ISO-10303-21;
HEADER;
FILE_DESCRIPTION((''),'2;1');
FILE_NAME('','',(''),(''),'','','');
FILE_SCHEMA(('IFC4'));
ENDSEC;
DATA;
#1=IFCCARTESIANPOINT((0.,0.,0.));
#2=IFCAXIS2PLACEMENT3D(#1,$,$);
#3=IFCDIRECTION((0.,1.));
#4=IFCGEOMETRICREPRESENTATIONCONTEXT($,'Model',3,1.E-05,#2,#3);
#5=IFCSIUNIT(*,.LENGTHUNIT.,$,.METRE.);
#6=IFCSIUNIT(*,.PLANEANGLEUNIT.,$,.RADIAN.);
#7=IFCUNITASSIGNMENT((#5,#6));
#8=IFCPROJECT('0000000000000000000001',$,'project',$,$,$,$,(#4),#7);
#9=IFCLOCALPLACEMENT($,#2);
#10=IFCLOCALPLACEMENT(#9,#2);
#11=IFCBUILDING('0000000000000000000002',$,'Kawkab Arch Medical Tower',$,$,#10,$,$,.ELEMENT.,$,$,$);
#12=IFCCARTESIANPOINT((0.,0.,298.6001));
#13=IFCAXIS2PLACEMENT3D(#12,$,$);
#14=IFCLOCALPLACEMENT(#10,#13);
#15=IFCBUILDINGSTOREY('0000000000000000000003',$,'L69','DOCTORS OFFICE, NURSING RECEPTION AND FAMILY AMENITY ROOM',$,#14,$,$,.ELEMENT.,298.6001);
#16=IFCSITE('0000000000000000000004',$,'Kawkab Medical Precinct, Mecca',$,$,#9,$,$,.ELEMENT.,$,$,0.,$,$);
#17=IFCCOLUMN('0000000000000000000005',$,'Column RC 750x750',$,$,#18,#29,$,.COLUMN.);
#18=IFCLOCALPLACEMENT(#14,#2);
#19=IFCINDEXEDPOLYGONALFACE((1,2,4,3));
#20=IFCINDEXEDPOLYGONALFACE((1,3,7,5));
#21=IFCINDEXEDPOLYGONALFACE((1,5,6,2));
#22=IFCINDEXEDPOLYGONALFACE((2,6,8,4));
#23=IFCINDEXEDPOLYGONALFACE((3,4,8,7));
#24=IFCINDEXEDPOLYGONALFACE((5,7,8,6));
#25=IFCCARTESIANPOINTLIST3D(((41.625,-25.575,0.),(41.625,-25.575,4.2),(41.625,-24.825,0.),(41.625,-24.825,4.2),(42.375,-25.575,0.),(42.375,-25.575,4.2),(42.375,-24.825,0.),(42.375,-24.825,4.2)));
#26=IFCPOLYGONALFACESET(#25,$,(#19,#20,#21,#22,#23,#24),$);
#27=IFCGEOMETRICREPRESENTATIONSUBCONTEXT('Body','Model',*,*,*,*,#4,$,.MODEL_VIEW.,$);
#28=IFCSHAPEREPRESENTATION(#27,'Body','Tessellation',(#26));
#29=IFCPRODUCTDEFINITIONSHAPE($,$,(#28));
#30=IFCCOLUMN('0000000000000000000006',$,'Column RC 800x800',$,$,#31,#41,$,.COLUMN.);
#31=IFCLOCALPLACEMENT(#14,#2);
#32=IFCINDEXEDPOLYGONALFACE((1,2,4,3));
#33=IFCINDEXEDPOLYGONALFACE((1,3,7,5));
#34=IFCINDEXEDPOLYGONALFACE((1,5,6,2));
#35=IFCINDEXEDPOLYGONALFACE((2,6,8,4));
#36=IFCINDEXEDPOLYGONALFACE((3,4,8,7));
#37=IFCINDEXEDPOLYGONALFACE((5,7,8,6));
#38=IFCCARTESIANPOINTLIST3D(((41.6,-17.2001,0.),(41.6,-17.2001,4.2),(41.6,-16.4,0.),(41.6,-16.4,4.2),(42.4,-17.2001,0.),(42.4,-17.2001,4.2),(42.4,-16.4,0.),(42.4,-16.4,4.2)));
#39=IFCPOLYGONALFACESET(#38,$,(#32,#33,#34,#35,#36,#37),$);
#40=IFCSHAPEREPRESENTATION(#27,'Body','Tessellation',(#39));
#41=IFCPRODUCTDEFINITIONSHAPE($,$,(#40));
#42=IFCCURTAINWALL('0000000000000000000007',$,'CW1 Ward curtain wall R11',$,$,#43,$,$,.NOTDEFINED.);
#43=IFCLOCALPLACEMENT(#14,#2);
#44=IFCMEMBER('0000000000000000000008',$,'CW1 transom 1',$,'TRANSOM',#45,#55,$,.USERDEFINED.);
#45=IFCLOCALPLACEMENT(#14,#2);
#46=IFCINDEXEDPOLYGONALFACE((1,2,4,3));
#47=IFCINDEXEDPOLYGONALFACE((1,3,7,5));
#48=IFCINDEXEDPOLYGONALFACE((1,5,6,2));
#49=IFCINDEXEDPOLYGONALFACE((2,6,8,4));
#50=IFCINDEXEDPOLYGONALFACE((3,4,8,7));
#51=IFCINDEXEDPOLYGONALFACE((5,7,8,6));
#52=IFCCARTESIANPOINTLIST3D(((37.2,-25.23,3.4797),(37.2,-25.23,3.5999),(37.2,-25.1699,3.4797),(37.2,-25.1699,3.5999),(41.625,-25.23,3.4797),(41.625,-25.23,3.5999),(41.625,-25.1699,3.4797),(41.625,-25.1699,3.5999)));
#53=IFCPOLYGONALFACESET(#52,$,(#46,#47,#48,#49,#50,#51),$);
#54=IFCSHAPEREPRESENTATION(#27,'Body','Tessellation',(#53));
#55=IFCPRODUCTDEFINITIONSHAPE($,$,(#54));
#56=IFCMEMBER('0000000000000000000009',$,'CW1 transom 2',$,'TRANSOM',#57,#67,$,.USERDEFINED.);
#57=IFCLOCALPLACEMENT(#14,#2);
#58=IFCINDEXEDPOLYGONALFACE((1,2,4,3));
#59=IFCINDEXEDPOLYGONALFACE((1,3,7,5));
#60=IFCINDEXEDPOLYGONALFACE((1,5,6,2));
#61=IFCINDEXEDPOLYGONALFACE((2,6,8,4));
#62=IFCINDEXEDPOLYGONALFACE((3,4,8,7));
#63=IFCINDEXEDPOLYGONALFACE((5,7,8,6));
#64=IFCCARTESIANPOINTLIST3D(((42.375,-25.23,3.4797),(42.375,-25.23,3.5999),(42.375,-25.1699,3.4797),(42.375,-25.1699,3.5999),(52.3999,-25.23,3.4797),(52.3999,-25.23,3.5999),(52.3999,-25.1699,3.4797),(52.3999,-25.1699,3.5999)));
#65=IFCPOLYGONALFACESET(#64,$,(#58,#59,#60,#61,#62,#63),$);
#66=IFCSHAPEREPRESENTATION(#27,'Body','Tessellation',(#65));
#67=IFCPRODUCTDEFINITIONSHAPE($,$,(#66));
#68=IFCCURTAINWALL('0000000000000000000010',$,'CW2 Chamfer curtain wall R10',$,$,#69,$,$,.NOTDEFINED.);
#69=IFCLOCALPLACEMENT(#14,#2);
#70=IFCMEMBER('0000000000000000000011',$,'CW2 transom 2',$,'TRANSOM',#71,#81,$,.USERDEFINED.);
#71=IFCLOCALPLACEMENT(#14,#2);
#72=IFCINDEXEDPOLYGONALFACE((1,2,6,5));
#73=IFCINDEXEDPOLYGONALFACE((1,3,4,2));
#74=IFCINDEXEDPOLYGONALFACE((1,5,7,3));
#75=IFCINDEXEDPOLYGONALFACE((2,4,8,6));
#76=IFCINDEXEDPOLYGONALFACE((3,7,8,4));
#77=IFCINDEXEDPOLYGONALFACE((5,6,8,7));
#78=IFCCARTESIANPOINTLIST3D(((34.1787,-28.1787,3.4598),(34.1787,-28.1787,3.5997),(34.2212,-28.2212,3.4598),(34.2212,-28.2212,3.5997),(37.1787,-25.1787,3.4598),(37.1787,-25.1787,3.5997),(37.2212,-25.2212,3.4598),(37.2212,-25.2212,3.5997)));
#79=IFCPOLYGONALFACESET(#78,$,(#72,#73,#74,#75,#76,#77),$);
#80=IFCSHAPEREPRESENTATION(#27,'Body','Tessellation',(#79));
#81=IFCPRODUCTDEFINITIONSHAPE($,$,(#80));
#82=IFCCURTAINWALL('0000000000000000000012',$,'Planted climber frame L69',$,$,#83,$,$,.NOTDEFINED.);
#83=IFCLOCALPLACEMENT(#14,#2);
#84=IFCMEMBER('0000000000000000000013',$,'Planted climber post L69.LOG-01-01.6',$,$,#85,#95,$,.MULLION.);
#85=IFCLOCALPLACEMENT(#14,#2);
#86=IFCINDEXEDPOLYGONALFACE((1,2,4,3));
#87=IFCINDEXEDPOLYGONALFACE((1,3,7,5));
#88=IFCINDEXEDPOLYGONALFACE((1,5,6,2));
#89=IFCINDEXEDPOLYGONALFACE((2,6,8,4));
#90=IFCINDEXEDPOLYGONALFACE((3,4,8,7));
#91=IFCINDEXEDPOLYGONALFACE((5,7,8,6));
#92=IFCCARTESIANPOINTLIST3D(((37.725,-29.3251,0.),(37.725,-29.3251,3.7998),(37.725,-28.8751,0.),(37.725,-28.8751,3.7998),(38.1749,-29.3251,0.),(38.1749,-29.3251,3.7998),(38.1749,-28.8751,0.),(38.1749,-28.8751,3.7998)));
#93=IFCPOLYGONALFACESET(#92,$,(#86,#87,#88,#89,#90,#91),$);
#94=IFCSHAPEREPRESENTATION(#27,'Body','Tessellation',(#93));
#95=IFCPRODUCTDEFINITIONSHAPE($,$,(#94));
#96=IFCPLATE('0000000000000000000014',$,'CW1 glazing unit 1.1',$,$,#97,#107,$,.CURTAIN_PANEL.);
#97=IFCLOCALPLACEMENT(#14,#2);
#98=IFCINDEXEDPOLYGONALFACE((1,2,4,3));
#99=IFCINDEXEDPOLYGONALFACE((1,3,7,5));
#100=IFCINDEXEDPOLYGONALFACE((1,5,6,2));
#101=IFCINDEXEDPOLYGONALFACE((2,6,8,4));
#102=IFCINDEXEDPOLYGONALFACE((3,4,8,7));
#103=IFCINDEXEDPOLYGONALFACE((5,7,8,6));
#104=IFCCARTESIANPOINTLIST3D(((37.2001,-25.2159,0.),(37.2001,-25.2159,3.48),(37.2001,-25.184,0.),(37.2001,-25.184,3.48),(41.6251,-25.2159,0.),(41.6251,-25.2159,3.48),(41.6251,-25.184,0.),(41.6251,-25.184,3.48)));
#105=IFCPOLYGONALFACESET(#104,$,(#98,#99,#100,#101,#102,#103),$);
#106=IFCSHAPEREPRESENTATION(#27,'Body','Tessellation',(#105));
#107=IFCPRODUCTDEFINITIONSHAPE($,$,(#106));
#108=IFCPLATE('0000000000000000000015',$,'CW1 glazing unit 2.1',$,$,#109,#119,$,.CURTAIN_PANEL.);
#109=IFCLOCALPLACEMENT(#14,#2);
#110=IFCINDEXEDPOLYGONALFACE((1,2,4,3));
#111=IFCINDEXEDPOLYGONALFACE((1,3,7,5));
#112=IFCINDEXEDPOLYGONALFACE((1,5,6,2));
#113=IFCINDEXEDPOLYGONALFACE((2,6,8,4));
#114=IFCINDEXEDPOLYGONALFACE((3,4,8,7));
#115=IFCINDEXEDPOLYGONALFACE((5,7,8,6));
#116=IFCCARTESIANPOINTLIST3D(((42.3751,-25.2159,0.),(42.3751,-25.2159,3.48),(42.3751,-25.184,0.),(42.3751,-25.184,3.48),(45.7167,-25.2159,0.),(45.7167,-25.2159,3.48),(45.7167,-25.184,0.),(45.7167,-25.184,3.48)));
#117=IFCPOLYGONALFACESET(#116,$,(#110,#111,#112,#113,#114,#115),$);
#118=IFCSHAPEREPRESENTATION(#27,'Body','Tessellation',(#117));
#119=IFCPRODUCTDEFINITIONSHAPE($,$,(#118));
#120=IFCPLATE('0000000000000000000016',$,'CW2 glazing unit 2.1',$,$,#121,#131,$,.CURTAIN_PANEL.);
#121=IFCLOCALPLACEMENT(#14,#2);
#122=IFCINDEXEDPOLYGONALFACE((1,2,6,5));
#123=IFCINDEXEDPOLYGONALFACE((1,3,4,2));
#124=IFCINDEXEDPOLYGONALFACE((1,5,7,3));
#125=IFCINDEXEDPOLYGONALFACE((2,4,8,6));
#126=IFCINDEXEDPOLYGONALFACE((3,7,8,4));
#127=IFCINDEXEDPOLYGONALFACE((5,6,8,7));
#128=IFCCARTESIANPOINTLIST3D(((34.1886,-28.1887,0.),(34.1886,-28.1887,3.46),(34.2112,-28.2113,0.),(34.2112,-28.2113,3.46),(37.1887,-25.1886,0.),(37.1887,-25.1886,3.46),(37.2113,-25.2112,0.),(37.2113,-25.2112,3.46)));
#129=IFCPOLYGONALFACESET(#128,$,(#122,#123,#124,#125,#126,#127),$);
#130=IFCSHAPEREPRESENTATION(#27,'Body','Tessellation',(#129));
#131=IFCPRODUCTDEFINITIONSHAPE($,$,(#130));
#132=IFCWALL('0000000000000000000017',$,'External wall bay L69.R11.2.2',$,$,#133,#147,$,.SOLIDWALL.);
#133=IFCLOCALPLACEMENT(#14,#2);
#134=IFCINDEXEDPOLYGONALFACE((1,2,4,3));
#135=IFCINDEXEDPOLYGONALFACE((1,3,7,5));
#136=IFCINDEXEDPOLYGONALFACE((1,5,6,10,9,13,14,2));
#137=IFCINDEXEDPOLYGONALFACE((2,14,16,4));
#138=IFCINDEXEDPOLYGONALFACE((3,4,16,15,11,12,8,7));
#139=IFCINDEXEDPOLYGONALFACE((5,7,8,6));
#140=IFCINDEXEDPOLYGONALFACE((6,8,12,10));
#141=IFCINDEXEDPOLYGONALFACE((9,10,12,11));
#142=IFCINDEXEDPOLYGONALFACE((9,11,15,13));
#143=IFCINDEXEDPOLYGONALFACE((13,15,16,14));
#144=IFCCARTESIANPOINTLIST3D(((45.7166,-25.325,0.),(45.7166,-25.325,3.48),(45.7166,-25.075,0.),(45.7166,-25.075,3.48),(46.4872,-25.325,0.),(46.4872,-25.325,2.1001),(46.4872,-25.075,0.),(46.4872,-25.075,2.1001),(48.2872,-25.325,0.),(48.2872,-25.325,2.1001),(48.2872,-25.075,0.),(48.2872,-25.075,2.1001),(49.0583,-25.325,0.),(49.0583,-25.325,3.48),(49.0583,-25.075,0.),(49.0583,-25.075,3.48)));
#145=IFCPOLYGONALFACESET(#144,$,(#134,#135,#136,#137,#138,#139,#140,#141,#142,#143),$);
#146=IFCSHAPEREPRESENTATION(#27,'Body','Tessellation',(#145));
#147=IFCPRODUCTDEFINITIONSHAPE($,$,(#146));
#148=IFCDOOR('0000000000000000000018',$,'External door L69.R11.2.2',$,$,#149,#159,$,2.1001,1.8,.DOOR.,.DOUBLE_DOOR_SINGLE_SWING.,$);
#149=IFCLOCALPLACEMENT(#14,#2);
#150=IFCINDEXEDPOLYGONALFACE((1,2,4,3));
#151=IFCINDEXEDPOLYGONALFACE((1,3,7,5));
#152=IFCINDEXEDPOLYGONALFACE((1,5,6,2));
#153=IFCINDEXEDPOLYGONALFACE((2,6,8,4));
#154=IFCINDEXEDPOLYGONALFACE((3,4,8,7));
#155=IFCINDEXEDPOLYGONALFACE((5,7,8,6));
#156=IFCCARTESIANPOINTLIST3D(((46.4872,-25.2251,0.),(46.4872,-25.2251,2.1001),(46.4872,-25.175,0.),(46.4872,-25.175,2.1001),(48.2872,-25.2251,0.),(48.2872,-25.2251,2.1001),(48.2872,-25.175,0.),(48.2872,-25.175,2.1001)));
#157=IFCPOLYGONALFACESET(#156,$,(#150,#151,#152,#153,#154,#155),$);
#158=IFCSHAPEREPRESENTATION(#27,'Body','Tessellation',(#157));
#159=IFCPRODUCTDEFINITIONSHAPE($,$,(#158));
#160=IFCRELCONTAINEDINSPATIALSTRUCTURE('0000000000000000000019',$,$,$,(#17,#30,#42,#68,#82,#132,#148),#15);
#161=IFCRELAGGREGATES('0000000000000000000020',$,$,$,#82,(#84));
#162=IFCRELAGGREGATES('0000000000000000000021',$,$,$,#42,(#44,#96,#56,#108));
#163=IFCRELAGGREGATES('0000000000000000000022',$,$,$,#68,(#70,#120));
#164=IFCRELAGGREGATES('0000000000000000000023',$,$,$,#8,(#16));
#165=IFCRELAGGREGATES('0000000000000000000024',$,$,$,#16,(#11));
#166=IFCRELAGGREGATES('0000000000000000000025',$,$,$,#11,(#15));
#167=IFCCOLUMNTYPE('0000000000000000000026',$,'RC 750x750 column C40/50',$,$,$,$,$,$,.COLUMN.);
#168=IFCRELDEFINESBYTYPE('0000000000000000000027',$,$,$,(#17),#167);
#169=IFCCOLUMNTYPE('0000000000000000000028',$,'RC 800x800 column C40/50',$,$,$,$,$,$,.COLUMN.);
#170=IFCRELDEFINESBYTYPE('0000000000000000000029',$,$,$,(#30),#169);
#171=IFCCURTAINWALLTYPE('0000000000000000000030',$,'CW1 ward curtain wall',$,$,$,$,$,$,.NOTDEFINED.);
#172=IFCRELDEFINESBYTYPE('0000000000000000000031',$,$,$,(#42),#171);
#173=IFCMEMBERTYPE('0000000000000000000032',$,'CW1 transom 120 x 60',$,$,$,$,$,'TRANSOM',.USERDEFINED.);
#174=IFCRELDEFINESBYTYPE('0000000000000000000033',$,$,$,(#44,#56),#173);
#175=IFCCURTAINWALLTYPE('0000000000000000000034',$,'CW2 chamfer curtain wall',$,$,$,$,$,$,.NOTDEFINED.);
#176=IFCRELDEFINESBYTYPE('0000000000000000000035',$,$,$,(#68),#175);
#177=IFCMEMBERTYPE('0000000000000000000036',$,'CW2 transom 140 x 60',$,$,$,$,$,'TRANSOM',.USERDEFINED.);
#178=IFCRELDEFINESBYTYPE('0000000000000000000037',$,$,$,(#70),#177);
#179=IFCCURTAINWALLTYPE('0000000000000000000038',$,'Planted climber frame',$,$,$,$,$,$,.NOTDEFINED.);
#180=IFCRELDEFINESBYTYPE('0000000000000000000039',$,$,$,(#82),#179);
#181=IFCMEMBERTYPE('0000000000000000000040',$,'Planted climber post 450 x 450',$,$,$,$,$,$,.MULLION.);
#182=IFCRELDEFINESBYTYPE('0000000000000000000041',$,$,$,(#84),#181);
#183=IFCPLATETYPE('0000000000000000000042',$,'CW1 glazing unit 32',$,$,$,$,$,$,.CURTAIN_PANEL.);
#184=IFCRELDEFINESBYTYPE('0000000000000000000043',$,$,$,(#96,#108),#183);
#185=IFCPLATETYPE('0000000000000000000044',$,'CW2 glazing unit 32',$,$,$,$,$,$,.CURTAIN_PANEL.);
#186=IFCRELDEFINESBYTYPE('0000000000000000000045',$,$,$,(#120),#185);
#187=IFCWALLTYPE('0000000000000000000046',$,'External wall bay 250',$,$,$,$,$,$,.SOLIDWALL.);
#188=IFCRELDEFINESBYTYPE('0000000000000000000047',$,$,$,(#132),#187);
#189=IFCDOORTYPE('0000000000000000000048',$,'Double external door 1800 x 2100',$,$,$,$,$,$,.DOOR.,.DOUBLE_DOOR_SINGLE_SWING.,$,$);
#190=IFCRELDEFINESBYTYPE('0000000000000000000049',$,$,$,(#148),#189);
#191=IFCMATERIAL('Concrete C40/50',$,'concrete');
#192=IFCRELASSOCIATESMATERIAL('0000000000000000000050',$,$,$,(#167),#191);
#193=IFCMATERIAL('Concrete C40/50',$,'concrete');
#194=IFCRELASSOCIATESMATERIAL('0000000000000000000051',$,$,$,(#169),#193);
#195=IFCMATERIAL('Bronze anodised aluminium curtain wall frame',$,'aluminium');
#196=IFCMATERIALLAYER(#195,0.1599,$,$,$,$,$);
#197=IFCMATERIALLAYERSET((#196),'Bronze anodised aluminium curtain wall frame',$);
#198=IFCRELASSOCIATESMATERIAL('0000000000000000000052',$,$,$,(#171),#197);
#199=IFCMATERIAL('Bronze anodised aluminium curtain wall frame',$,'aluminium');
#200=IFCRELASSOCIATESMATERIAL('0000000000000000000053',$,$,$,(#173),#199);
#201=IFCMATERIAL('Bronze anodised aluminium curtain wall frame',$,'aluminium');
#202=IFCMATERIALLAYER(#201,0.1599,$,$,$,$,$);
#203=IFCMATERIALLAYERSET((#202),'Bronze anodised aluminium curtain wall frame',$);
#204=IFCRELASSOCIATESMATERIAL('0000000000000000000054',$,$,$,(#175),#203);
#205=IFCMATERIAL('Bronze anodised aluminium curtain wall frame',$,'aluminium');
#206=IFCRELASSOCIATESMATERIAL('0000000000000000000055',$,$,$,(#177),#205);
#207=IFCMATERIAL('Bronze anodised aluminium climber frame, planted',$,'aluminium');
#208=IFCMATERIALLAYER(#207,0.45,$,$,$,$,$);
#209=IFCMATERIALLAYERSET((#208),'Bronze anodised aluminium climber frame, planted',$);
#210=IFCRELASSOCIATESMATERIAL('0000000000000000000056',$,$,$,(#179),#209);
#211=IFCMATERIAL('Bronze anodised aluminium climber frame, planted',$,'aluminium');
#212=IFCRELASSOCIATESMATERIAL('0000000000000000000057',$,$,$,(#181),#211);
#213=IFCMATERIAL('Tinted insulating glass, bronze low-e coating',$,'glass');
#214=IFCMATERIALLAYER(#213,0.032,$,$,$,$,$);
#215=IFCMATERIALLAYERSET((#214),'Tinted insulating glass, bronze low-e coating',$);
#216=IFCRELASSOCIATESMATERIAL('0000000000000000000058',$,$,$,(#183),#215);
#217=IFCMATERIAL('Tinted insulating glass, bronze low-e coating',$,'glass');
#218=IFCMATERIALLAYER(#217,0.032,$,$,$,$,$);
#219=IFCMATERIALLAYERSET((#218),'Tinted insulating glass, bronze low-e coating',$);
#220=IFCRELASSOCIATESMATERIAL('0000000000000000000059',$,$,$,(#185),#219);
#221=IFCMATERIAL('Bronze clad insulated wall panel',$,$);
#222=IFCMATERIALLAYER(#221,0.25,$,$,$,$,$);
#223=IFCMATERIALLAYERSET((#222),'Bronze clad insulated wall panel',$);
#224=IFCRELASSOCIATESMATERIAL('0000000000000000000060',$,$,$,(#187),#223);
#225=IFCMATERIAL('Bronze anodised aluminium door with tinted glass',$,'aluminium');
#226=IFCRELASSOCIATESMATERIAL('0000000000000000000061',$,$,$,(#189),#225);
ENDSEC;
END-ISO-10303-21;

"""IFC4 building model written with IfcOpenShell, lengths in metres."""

from ifc_helpers import new_model, si_unit, direction, frame, frame_2d, origin, origin_2d, place, context, subcontext, project, spatial, rectangle, extrude, material, layer, layer_set, material_profile, profile_set, type_object, element, fill, aggregate, save


model = new_model("IFC4")

# Units and contexts
model_context = context("Model", 3, precision=1e-05, world=origin(), true_north=direction((0.0, 1.0)))
body_context = subcontext(model_context, "Body", "Model", "MODEL_VIEW")
ifc_project = project(units=[si_unit("LENGTHUNIT", "METRE"), si_unit("PLANEANGLEUNIT", "RADIAN")], contexts=[model_context])

# Site, building, storey
site_placement = place(None, origin())
site = spatial("IfcSite", under=ifc_project, at=site_placement, Name="Kawkab Medical Precinct, Mecca", CompositionType="ELEMENT", RefElevation=0.0)
building_placement = place(site_placement, origin())
building = spatial("IfcBuilding", under=site, at=building_placement, Name="Kawkab Arch Medical Tower", CompositionType="ELEMENT")
storey_placement = place(building_placement, frame((0.0, 0.0, 298.6001)))
storey = spatial("IfcBuildingStorey", under=building, at=storey_placement, Name="L69", Description="DOCTORS OFFICE, NURSING RECEPTION AND FAMILY AMENITY ROOM", CompositionType="ELEMENT", Elevation=298.6001)

# Columns
ifc_material_1 = material(Name="Concrete C40/50", Category="concrete")
ifc_material_profile_1 = material_profile(ifc_material_1, rectangle(XDim=0.75, YDim=0.75, at=origin_2d()), Name="RC 750x750")
ifc_profile_set_1 = profile_set([ifc_material_profile_1], Name="Concrete C40/50")
column_type_1 = type_object("IfcColumnType", Name="RC 750x750 column C40/50", PredefinedType="COLUMN", material=ifc_profile_set_1)
column_1_placement = place(storey_placement, frame((42.0, -25.2, 0.0), z_axis=(0.0, 0.0, 1.0), x_axis=(1.0, 0.0, 0.0)))
element("IfcColumn", 1, at=column_1_placement, inside=storey, type_object=column_type_1, Name="Column RC 750x750", PredefinedType="COLUMN", context=body_context, shape_type="SweptSolid", body=[
    extrude(rectangle(XDim=0.75, YDim=0.75, at=origin_2d()), origin(), (0.0, 0.0, 1.0), 4.2),
])
ifc_material_2 = material(Name="Concrete C40/50", Category="concrete")
ifc_material_profile_2 = material_profile(ifc_material_2, rectangle(XDim=0.8, YDim=0.8, at=origin_2d()), Name="RC 800x800")
ifc_profile_set_2 = profile_set([ifc_material_profile_2], Name="Concrete C40/50")
column_type_2 = type_object("IfcColumnType", Name="RC 800x800 column C40/50", PredefinedType="COLUMN", material=ifc_profile_set_2)
column_2_placement = place(storey_placement, frame((42.0, -16.8, 0.0), z_axis=(0.0, 0.0, 1.0), x_axis=(1.0, 0.0, 0.0)))
element("IfcColumn", 2, at=column_2_placement, inside=storey, type_object=column_type_2, Name="Column RC 800x800", PredefinedType="COLUMN", context=body_context, shape_type="SweptSolid", body=[
    extrude(rectangle(XDim=0.8, YDim=0.8, at=origin_2d()), origin(), (0.0, 0.0, 1.0), 4.2),
])

# Curtain wall, members
ifc_material_3 = material(Name="Bronze anodised aluminium curtain wall frame", Category="aluminium")
ifc_layer_1 = layer(ifc_material_3, 0.1599)
ifc_layer_set_1 = layer_set([ifc_layer_1], Name="Bronze anodised aluminium curtain wall frame")
curtain_wall_type_1 = type_object("IfcCurtainWallType", Name="CW1 ward curtain wall", PredefinedType="NOTDEFINED", material=ifc_layer_set_1)
placement = place(storey_placement, origin())
curtain_wall_1 = element("IfcCurtainWall", 3, at=placement, inside=storey, type_object=curtain_wall_type_1, Name="CW1 Ward curtain wall R11", PredefinedType="NOTDEFINED")
ifc_material_4 = material(Name="Bronze anodised aluminium curtain wall frame", Category="aluminium")
ifc_material_profile_3 = material_profile(ifc_material_4, rectangle(XDim=0.0601, YDim=0.1201, at=origin_2d()), Name="AL 60x120")
ifc_profile_set_3 = profile_set([ifc_material_profile_3], Name="Bronze anodised aluminium curtain wall frame")
member_type_1 = type_object("IfcMemberType", Name="CW1 transom 120 x 60", ElementType="TRANSOM", PredefinedType="USERDEFINED", material=ifc_profile_set_3)
member_1_placement = place(storey_placement, frame((37.2, -25.2, 3.5398), z_axis=(1.0, 0.0, 0.0), x_axis=(0.0, 1.0, 0.0)))
member_1 = element("IfcMember", 4, at=member_1_placement, type_object=member_type_1, Name="CW1 transom 1", ObjectType="TRANSOM", PredefinedType="USERDEFINED", context=body_context, shape_type="SweptSolid", body=[
    extrude(rectangle(XDim=0.0601, YDim=0.1201, at=origin_2d()), origin(), (0.0, 0.0, 1.0), 4.425),
])
member_2_placement = place(storey_placement, frame((42.375, -25.2, 3.5398), z_axis=(1.0, 0.0, 0.0), x_axis=(0.0, 1.0, 0.0)))
member_2 = element("IfcMember", 5, at=member_2_placement, type_object=member_type_1, Name="CW1 transom 2", ObjectType="TRANSOM", PredefinedType="USERDEFINED", context=body_context, shape_type="SweptSolid", body=[
    extrude(rectangle(XDim=0.0601, YDim=0.1201, at=origin_2d()), origin(), (0.0, 0.0, 1.0), 10.0249),
])

# Curtain walls, members
ifc_material_5 = material(Name="Bronze anodised aluminium curtain wall frame", Category="aluminium")
ifc_layer_2 = layer(ifc_material_5, 0.1599)
ifc_layer_set_2 = layer_set([ifc_layer_2], Name="Bronze anodised aluminium curtain wall frame")
curtain_wall_type_2 = type_object("IfcCurtainWallType", Name="CW2 chamfer curtain wall", PredefinedType="NOTDEFINED", material=ifc_layer_set_2)
curtain_wall_2 = element("IfcCurtainWall", 6, at=placement, inside=storey, type_object=curtain_wall_type_2, Name="CW2 Chamfer curtain wall R10", PredefinedType="NOTDEFINED")
ifc_material_6 = material(Name="Bronze anodised aluminium curtain wall frame", Category="aluminium")
ifc_material_profile_4 = material_profile(ifc_material_6, rectangle(XDim=0.0601, YDim=0.1399, at=origin_2d()), Name="AL 60x140")
ifc_profile_set_4 = profile_set([ifc_material_profile_4], Name="Bronze anodised aluminium curtain wall frame")
member_type_2 = type_object("IfcMemberType", Name="CW2 transom 140 x 60", ElementType="TRANSOM", PredefinedType="USERDEFINED", material=ifc_profile_set_4)
member_3_placement = place(storey_placement, frame((34.2, -28.2, 3.5298), z_axis=(0.707107, 0.707107, 0.0), x_axis=(-0.707107, 0.707107, 0.0)))
member_3 = element("IfcMember", 7, at=member_3_placement, type_object=member_type_2, Name="CW2 transom 2", ObjectType="TRANSOM", PredefinedType="USERDEFINED", context=body_context, shape_type="SweptSolid", body=[
    extrude(rectangle(XDim=0.0601, YDim=0.1399, at=origin_2d()), origin(), (0.0, 0.0, 1.0), 4.2427),
])
ifc_material_7 = material(Name="Bronze anodised aluminium climber frame, planted", Category="aluminium")
ifc_layer_3 = layer(ifc_material_7, 0.45)
ifc_layer_set_3 = layer_set([ifc_layer_3], Name="Bronze anodised aluminium climber frame, planted")
curtain_wall_type_3 = type_object("IfcCurtainWallType", Name="Planted climber frame", PredefinedType="NOTDEFINED", material=ifc_layer_set_3)
curtain_wall_3 = element("IfcCurtainWall", 8, at=placement, inside=storey, type_object=curtain_wall_type_3, Name="Planted climber frame L69", PredefinedType="NOTDEFINED")
ifc_material_8 = material(Name="Bronze anodised aluminium climber frame, planted", Category="aluminium")
ifc_material_profile_5 = material_profile(ifc_material_8, rectangle(XDim=0.45, YDim=0.45, at=origin_2d()), Name="Post 450x450")
ifc_profile_set_5 = profile_set([ifc_material_profile_5], Name="Bronze anodised aluminium climber frame, planted")
member_type_3 = type_object("IfcMemberType", Name="Planted climber post 450 x 450", PredefinedType="MULLION", material=ifc_profile_set_5)
member_4_placement = place(storey_placement, frame((37.95, -29.1001, 0.0), z_axis=(0.0, 0.0, 1.0), x_axis=(1.0, 0.0, 0.0)))
member_4 = element("IfcMember", 9, at=member_4_placement, type_object=member_type_3, Name="Planted climber post L69.LOG-01-01.6", PredefinedType="MULLION", context=body_context, shape_type="SweptSolid", body=[
    extrude(rectangle(XDim=0.45, YDim=0.45, at=origin_2d()), origin(), (0.0, 0.0, 1.0), 3.7998),
])
aggregate(curtain_wall_3, [member_4])

# Plates
ifc_material_9 = material(Name="Tinted insulating glass, bronze low-e coating", Category="glass")
ifc_layer_4 = layer(ifc_material_9, 0.032)
ifc_layer_set_4 = layer_set([ifc_layer_4], Name="Tinted insulating glass, bronze low-e coating")
plate_type_1 = type_object("IfcPlateType", Name="CW1 glazing unit 32", PredefinedType="CURTAIN_PANEL", material=ifc_layer_set_4)
plate_1_placement = place(storey_placement, frame((39.4126, -25.2, 0.0), z_axis=(0.0, 0.0, 1.0), x_axis=(1.0, 0.0, 0.0)))
plate_1 = element("IfcPlate", 10, at=plate_1_placement, type_object=plate_type_1, Name="CW1 glazing unit 1.1", PredefinedType="CURTAIN_PANEL", context=body_context, shape_type="SweptSolid", body=[
    extrude(rectangle(XDim=4.425, YDim=0.032, at=origin_2d()), origin(), (0.0, 0.0, 1.0), 3.48),
])
plate_2_placement = place(storey_placement, frame((44.0459, -25.2, 0.0), z_axis=(0.0, 0.0, 1.0), x_axis=(1.0, 0.0, 0.0)))
plate_2 = element("IfcPlate", 11, at=plate_2_placement, type_object=plate_type_1, Name="CW1 glazing unit 2.1", PredefinedType="CURTAIN_PANEL", context=body_context, shape_type="SweptSolid", body=[
    extrude(rectangle(XDim=3.3416, YDim=0.032, at=origin_2d()), origin(), (0.0, 0.0, 1.0), 3.48),
])
aggregate(curtain_wall_1, [member_1, plate_1, member_2, plate_2])
ifc_material_10 = material(Name="Tinted insulating glass, bronze low-e coating", Category="glass")
ifc_layer_5 = layer(ifc_material_10, 0.032)
ifc_layer_set_5 = layer_set([ifc_layer_5], Name="Tinted insulating glass, bronze low-e coating")
plate_type_2 = type_object("IfcPlateType", Name="CW2 glazing unit 32", PredefinedType="CURTAIN_PANEL", material=ifc_layer_set_5)
plate_3_placement = place(storey_placement, frame((35.7, -26.7, 0.0), z_axis=(0.0, 0.0, 1.0), x_axis=(0.707107, 0.707107, 0.0)))
plate_3 = element("IfcPlate", 12, at=plate_3_placement, type_object=plate_type_2, Name="CW2 glazing unit 2.1", PredefinedType="CURTAIN_PANEL", context=body_context, shape_type="SweptSolid", body=[
    extrude(rectangle(XDim=4.2427, YDim=0.032, at=origin_2d()), origin(), (0.0, 0.0, 1.0), 3.46),
])
aggregate(curtain_wall_2, [member_3, plate_3])

# Wall, opening, door
ifc_material_11 = material(Name="Bronze clad insulated wall panel")
ifc_layer_6 = layer(ifc_material_11, 0.25)
ifc_layer_set_6 = layer_set([ifc_layer_6], Name="Bronze clad insulated wall panel")
wall_type_1 = type_object("IfcWallType", Name="External wall bay 250", PredefinedType="SOLIDWALL", material=ifc_layer_set_6)
wall_1_placement = place(storey_placement, frame((45.7166, -25.2, 0.0), z_axis=(0.0, 0.0, 1.0), x_axis=(1.0, 0.0, 0.0)))
wall_1 = element("IfcWall", 13, at=wall_1_placement, inside=storey, type_object=wall_type_1, Name="External wall bay L69.R11.2.2", PredefinedType="SOLIDWALL", context=body_context, shape_type="SweptSolid", body=[
    extrude(rectangle(XDim=3.3418, YDim=0.25, at=frame_2d((1.6709, 0.0))), origin(), (0.0, 0.0, 1.0), 3.48),
])
opening_1_placement = place(wall_1_placement, frame((0.7708, 0.0, 0.0)))
opening_1 = element("IfcOpeningElement", 14, at=opening_1_placement, cuts=wall_1, PredefinedType="OPENING", context=body_context, shape_type="SweptSolid", body=[
    extrude(rectangle(XDim=1.8, YDim=2.1001, at=frame_2d((0.8999, 1.05))), frame((0.0, 0.135, 0.0), z_axis=(0.0, -1.0, 0.0), x_axis=(1.0, 0.0, 0.0)), (0.0, 0.0, 1.0), 0.27),
])
ifc_material_12 = material(Name="Bronze anodised aluminium door with tinted glass", Category="aluminium")
door_type_1 = type_object("IfcDoorType", Name="Double external door 1800 x 2100", OperationType="DOUBLE_DOOR_SINGLE_SWING", PredefinedType="DOOR", material=ifc_material_12)
door_1_placement = place(opening_1_placement, origin())
door_1 = element("IfcDoor", 15, at=door_1_placement, inside=storey, type_object=door_type_1, Name="External door L69.R11.2.2", OperationType="DOUBLE_DOOR_SINGLE_SWING", OverallHeight=2.1001, OverallWidth=1.8, PredefinedType="DOOR", context=body_context, shape_type="SweptSolid", body=[
    extrude(rectangle(XDim=1.8, YDim=2.1001, at=frame_2d((0.8999, 1.05))), frame((0.0, 0.0249, 0.0), z_axis=(0.0, -1.0, 0.0), x_axis=(1.0, 0.0, 0.0)), (0.0, 0.0, 1.0), 0.05),
])
fill(opening_1, door_1)

save(model, "model.ifc")
